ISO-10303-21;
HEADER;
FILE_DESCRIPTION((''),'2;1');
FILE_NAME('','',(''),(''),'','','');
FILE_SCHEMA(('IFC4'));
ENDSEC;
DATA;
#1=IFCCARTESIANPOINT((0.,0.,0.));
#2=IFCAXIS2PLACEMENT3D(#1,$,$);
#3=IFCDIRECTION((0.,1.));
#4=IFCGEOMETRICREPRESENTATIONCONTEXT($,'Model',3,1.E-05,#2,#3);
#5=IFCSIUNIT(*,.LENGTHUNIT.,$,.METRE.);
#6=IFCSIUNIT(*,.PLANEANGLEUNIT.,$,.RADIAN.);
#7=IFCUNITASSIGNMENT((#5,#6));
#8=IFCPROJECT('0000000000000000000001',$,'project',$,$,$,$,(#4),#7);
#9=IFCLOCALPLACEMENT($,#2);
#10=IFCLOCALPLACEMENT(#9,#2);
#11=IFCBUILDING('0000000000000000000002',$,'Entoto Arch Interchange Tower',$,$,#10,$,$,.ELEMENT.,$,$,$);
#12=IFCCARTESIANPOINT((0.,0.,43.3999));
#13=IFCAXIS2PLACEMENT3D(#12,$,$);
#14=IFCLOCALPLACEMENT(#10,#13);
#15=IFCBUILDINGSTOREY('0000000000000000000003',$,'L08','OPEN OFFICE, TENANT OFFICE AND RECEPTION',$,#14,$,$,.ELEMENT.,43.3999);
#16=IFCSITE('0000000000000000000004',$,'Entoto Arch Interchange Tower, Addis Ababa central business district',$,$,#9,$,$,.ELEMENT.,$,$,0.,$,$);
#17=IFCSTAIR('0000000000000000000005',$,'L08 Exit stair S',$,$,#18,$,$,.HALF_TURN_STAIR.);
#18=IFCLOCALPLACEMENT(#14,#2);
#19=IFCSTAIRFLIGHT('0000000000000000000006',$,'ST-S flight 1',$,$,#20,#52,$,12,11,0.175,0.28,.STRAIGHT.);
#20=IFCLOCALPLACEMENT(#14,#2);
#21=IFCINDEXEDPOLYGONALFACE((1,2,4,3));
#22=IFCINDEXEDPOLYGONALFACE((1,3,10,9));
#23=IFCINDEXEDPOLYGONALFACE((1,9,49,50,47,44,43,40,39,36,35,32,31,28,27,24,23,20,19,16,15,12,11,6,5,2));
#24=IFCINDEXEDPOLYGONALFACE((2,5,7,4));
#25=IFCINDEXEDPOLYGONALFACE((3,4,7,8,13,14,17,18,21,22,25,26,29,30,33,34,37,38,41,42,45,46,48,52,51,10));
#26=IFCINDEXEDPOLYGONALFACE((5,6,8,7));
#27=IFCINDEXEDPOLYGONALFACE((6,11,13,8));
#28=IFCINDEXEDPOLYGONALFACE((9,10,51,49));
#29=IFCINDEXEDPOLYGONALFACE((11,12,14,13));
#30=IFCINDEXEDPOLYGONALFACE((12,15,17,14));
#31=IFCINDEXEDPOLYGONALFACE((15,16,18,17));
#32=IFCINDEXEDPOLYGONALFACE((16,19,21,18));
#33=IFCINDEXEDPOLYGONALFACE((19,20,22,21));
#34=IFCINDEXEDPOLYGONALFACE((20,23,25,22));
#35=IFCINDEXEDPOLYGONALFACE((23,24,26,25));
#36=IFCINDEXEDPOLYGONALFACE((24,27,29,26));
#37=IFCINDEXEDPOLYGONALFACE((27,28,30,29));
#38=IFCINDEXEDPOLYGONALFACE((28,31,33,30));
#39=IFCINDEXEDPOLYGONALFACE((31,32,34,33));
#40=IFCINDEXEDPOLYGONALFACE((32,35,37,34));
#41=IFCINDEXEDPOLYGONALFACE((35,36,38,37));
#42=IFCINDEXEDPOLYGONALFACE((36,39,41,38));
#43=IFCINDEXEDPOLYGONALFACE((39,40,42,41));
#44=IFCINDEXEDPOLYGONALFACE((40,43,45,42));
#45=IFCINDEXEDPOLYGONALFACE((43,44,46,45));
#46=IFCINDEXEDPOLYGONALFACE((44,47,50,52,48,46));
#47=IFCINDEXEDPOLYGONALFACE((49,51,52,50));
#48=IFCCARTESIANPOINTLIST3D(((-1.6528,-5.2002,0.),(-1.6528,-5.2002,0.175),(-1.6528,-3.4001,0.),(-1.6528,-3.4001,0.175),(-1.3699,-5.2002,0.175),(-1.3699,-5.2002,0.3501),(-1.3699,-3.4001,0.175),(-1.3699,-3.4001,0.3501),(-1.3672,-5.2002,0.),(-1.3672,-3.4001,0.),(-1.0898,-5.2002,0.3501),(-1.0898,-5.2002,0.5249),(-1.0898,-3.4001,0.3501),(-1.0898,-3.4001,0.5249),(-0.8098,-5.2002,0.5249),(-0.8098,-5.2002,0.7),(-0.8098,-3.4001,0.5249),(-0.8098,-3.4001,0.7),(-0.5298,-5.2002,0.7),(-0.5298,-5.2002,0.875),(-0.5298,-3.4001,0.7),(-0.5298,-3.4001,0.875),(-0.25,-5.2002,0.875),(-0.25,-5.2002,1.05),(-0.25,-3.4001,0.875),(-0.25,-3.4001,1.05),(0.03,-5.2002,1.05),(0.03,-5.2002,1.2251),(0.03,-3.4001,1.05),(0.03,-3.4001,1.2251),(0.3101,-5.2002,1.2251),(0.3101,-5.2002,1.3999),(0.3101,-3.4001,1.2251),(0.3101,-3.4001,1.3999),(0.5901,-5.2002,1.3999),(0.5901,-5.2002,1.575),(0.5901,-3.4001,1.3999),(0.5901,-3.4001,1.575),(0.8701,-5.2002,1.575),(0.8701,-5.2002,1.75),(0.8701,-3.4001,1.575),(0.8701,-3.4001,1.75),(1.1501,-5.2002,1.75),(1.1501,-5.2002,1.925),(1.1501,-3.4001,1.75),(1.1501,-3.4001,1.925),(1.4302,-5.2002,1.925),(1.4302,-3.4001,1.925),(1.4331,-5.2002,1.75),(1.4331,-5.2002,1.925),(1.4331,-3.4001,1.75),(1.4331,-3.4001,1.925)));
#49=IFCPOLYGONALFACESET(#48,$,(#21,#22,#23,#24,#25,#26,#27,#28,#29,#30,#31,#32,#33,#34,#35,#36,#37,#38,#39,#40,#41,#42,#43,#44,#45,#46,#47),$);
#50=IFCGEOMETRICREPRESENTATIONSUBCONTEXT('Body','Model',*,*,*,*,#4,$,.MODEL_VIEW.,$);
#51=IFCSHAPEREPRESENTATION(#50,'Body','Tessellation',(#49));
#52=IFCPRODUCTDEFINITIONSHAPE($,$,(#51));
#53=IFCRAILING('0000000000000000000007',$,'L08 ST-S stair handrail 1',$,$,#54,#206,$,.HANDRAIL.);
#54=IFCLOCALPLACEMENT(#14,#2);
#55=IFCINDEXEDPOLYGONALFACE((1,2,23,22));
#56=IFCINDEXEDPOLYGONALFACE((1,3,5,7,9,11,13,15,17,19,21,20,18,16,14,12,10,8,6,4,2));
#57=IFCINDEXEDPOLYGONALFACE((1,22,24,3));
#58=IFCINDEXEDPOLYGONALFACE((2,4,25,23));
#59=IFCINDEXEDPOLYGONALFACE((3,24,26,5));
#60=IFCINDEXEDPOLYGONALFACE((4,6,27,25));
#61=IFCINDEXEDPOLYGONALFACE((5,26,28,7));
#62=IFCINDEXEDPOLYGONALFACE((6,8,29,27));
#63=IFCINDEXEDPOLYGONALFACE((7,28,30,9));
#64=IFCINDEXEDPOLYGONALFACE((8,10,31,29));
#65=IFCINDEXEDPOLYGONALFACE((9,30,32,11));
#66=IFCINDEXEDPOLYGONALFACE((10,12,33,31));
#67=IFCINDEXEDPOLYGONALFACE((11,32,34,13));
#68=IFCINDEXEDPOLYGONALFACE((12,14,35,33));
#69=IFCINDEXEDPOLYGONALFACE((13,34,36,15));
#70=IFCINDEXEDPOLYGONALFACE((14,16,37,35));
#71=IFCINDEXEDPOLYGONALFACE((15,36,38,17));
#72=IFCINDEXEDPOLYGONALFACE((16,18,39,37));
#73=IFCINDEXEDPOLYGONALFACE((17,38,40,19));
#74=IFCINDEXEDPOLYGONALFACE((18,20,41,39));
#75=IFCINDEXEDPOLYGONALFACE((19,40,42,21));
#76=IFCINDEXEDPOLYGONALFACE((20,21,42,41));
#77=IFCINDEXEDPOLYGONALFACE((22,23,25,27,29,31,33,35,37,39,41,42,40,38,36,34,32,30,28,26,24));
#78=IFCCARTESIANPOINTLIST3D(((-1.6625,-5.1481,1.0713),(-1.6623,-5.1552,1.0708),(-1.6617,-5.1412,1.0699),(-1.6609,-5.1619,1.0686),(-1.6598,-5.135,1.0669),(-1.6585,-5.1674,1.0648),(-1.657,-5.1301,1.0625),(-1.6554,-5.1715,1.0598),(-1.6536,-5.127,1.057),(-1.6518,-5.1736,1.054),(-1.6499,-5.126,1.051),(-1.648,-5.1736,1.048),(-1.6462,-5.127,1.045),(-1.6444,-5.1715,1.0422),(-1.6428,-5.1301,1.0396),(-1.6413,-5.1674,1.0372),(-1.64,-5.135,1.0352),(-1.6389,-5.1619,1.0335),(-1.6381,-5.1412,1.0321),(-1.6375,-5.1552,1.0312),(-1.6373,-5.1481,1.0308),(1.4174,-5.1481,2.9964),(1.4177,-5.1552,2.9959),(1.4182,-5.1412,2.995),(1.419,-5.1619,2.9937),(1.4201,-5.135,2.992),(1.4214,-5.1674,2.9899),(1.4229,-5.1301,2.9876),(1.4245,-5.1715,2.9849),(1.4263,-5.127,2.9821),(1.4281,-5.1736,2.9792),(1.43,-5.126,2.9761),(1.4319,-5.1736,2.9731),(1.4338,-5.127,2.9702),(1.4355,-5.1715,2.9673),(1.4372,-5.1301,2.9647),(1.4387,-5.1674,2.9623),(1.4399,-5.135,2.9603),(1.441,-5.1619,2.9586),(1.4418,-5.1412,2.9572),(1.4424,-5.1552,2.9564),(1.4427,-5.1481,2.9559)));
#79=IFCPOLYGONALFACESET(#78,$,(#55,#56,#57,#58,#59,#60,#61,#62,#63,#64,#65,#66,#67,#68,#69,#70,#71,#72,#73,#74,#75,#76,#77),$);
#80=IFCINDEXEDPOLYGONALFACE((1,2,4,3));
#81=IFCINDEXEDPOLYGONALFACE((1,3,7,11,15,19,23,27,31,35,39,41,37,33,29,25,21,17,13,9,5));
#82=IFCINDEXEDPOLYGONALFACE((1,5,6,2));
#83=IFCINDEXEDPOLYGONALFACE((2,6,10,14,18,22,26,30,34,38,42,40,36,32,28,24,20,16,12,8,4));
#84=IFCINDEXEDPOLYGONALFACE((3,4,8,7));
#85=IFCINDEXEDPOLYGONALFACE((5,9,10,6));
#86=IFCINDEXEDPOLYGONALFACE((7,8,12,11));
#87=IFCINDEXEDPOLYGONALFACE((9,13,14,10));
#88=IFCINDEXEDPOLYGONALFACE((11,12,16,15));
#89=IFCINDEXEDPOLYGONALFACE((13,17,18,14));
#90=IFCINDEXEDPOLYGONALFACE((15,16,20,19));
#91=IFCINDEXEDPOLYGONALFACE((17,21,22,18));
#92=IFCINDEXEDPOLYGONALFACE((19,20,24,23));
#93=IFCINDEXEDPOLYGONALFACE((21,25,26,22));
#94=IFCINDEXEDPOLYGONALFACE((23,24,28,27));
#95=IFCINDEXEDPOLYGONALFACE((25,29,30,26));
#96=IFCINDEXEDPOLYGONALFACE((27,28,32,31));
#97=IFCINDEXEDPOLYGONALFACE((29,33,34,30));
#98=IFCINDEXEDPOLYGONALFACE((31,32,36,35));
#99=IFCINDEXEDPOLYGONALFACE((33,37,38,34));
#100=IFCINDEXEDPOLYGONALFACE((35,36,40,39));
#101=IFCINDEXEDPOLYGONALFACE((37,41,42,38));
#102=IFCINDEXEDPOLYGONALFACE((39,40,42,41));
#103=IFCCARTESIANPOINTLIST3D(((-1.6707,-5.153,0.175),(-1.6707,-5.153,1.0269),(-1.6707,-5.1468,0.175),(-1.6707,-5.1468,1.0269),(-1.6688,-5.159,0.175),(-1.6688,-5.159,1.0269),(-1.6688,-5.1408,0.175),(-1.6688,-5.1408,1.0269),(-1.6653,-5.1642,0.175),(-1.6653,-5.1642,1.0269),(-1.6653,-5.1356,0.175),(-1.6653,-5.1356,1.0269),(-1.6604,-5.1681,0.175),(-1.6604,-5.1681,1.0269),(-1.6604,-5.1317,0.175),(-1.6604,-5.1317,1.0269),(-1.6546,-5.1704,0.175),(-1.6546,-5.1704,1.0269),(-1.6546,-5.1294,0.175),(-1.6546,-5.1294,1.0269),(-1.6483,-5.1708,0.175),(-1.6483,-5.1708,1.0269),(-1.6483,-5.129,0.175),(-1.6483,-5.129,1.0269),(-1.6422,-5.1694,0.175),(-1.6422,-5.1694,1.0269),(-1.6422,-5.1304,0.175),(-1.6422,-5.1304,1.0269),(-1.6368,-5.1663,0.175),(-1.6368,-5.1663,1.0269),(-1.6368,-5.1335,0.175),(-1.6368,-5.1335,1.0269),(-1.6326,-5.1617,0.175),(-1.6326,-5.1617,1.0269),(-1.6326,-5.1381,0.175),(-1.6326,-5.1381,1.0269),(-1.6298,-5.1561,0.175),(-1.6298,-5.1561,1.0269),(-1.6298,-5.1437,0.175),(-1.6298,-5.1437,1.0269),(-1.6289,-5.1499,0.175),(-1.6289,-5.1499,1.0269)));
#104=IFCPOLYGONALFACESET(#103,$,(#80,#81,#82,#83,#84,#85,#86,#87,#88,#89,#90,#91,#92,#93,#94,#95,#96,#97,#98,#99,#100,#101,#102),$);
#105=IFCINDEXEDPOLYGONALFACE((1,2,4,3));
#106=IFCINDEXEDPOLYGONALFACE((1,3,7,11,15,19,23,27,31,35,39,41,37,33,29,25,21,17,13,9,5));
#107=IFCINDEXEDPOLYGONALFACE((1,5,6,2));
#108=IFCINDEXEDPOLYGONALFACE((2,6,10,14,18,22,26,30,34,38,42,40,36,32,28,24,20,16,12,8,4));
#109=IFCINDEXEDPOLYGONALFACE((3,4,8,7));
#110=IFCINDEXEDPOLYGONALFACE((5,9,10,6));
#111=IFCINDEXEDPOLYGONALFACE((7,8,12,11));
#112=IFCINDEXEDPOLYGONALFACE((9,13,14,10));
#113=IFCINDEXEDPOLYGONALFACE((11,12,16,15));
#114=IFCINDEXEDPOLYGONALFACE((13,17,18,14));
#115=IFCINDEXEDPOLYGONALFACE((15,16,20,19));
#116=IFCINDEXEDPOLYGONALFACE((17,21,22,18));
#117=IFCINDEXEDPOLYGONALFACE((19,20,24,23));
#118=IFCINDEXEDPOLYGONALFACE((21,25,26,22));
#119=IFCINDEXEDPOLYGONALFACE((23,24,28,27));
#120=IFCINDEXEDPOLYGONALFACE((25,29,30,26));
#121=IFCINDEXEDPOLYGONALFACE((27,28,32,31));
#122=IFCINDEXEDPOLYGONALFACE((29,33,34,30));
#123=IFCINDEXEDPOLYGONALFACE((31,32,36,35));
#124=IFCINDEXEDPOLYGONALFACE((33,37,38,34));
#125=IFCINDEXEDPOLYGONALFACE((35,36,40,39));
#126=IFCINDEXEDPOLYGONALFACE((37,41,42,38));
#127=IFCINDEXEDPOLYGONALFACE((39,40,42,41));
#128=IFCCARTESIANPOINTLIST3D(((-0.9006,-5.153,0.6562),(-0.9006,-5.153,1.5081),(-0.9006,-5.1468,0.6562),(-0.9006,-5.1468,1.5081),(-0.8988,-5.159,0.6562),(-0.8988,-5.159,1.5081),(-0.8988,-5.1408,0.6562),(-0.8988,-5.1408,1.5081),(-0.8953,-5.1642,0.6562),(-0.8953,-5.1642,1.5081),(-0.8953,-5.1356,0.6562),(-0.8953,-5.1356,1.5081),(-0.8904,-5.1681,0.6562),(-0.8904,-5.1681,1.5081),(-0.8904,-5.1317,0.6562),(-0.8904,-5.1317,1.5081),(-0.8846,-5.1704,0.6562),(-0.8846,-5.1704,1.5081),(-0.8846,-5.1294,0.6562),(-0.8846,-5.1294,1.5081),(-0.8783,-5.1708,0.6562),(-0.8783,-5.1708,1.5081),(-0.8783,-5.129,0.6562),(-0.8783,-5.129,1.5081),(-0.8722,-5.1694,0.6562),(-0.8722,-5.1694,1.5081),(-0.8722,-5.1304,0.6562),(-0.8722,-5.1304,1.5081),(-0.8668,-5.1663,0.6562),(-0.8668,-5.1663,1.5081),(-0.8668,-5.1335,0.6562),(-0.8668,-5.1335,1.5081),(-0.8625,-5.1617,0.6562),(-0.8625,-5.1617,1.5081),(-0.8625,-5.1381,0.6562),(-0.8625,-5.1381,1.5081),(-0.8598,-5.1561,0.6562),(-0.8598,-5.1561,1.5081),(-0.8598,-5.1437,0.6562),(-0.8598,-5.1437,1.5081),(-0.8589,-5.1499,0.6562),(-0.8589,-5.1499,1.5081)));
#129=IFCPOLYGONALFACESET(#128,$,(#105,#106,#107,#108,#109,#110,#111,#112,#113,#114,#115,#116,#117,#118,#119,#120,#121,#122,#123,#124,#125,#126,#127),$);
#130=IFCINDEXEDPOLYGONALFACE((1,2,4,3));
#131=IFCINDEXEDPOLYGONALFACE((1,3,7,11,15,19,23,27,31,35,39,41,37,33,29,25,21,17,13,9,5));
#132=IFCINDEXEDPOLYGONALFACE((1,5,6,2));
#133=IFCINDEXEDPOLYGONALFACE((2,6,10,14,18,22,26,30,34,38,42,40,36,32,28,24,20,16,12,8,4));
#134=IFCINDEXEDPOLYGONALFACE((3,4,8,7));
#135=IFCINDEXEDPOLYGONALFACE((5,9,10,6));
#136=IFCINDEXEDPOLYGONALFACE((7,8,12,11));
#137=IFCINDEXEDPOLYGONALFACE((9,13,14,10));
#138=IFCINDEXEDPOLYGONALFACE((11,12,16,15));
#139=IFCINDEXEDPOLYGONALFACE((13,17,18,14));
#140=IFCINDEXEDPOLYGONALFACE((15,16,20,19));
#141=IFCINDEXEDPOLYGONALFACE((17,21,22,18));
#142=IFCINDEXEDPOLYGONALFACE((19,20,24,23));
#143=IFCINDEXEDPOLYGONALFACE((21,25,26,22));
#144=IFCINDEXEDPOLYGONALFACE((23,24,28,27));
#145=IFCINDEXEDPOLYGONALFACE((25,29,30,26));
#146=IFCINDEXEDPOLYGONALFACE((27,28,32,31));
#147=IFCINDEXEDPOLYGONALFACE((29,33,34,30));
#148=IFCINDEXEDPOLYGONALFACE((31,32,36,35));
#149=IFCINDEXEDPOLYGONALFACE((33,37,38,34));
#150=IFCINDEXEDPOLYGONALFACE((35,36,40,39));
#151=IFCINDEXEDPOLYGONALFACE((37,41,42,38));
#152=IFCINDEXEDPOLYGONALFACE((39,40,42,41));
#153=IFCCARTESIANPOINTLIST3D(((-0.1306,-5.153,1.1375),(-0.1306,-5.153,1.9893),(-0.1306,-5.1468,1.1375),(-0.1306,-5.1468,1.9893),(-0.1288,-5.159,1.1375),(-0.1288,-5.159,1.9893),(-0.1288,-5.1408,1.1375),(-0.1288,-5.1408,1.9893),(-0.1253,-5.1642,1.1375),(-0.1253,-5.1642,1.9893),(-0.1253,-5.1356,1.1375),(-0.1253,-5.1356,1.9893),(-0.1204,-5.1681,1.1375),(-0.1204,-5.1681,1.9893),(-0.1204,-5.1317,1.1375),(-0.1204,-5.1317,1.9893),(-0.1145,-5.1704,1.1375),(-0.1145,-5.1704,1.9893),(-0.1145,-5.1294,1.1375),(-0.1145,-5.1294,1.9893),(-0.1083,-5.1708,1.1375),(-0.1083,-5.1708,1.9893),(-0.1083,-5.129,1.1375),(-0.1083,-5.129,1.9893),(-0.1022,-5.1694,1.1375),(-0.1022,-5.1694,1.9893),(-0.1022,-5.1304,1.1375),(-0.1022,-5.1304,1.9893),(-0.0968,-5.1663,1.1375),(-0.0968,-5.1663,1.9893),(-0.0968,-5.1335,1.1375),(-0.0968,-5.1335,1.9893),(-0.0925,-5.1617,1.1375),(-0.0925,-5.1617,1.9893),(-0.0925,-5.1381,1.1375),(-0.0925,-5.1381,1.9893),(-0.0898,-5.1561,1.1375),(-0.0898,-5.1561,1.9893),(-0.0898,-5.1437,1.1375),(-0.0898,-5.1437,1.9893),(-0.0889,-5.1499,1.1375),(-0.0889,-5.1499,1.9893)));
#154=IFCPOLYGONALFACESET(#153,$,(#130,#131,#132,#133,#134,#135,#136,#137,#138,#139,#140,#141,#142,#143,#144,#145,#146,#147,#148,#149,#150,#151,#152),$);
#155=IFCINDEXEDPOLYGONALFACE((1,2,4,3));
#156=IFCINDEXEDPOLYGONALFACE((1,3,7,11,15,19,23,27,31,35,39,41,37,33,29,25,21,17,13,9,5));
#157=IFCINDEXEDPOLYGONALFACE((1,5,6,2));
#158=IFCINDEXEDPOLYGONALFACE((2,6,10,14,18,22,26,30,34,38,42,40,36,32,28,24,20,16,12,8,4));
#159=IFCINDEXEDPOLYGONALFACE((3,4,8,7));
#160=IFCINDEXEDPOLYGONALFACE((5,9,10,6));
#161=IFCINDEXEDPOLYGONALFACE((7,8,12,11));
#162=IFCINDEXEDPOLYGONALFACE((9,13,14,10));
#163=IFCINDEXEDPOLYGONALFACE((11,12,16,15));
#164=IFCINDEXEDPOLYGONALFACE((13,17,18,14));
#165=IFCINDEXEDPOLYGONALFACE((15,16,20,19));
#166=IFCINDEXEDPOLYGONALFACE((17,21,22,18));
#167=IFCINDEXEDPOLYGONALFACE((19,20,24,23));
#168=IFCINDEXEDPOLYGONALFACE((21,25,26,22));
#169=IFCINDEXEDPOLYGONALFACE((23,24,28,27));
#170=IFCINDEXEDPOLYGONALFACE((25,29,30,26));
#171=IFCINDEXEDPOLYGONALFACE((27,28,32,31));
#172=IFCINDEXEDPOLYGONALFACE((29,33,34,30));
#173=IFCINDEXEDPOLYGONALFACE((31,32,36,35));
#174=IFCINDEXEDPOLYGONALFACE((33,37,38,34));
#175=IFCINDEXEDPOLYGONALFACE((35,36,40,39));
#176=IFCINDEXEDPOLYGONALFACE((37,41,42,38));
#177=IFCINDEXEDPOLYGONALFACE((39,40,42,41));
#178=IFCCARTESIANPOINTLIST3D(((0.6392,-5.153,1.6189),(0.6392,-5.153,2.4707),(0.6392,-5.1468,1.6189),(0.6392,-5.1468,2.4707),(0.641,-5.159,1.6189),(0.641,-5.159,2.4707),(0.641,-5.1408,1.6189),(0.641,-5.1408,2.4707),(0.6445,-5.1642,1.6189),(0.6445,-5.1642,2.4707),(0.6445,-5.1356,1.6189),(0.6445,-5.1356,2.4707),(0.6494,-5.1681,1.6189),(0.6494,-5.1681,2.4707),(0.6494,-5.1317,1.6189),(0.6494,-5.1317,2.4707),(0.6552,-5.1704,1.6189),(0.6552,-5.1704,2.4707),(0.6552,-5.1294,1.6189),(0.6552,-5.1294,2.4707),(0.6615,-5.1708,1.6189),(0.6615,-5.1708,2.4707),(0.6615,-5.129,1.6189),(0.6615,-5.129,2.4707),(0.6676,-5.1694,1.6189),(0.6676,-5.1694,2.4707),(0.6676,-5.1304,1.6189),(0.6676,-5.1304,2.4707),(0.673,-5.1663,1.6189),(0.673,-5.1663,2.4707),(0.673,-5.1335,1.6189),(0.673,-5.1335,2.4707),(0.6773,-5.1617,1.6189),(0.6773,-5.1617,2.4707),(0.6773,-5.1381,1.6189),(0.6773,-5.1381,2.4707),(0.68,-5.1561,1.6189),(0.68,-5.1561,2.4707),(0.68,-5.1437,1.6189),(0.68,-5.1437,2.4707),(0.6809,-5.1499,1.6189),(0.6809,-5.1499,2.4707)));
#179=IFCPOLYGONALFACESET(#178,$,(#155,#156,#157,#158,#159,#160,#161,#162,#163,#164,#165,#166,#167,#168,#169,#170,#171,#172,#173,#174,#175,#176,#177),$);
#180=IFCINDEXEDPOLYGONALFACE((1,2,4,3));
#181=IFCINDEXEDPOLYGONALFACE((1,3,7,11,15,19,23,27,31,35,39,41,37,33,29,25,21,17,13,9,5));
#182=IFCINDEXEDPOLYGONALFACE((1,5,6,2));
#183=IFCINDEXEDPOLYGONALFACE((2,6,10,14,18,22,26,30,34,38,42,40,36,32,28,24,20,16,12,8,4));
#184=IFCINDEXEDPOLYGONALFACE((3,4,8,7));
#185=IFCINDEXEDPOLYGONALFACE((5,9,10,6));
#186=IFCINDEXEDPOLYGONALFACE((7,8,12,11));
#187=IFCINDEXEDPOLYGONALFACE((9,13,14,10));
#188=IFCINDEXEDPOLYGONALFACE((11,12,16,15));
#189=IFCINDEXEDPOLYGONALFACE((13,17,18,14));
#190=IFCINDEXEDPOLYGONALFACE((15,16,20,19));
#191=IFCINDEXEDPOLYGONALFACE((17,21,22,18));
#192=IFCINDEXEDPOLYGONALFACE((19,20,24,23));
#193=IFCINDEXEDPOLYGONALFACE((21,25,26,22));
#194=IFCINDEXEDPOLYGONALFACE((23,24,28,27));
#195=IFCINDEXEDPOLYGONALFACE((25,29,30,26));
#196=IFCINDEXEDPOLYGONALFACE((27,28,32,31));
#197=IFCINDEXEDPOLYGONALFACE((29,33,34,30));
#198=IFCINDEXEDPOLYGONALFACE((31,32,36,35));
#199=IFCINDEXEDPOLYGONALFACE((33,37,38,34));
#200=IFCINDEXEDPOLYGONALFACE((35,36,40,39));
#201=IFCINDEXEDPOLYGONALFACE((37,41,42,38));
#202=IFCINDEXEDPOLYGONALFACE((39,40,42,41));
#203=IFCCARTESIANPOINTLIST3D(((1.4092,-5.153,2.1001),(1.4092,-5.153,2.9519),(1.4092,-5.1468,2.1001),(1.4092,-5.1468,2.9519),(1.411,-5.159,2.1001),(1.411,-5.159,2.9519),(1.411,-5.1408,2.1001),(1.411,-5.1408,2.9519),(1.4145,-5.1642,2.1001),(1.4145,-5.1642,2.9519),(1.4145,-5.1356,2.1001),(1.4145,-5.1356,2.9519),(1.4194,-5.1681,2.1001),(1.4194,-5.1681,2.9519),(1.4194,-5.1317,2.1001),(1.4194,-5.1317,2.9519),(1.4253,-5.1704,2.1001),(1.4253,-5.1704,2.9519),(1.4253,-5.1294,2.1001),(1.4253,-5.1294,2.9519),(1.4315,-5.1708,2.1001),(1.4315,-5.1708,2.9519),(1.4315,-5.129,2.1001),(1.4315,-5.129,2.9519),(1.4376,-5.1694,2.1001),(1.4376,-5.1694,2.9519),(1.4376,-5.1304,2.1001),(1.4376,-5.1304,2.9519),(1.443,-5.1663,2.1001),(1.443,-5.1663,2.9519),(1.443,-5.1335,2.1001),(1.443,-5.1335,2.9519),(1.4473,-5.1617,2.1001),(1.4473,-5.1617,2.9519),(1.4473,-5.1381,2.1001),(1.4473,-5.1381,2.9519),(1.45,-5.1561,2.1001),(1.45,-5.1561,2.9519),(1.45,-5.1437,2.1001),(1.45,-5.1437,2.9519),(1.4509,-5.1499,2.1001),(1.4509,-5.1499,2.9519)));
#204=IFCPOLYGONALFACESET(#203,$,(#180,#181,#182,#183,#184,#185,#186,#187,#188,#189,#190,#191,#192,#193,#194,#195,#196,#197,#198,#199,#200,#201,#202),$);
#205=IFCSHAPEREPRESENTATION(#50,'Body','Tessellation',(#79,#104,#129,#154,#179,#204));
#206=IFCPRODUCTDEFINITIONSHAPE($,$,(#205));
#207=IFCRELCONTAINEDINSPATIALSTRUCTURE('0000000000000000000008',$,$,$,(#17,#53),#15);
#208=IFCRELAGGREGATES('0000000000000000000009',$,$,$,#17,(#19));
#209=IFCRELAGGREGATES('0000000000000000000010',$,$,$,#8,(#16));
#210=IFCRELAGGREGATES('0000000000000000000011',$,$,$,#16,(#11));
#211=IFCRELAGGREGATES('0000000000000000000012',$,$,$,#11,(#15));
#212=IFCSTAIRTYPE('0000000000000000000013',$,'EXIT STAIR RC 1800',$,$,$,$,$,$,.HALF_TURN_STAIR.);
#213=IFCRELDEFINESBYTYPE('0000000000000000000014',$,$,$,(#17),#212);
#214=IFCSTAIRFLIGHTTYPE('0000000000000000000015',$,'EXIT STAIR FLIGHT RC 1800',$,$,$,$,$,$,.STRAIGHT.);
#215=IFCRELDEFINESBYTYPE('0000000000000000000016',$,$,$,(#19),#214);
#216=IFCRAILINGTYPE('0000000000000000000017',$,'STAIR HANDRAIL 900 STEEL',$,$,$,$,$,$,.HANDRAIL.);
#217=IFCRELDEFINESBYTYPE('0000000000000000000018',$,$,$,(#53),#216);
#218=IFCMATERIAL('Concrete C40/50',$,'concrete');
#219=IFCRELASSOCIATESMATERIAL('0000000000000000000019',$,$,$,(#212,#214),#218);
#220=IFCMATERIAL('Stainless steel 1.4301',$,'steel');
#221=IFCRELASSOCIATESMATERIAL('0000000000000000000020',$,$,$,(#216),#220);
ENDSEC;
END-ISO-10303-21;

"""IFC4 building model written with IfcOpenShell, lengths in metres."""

from ifc_helpers import new_model, si_unit, direction, frame, origin, origin_2d, place, context, subcontext, project, spatial, polyline, circle, outline, extrude, material, type_object, element, aggregate, save


model = new_model("IFC4")

# Units and contexts
model_context = context("Model", 3, precision=1e-05, world=origin(), true_north=direction((0.0, 1.0)))
body_context = subcontext(model_context, "Body", "Model", "MODEL_VIEW")
ifc_project = project(units=[si_unit("LENGTHUNIT", "METRE"), si_unit("PLANEANGLEUNIT", "RADIAN")], contexts=[model_context])

# Site, building, storey
site_placement = place(None, origin())
site = spatial("IfcSite", under=ifc_project, at=site_placement, Name="Entoto Arch Interchange Tower, Addis Ababa central business district", CompositionType="ELEMENT", RefElevation=0.0)
building_placement = place(site_placement, origin())
building = spatial("IfcBuilding", under=site, at=building_placement, Name="Entoto Arch Interchange Tower", CompositionType="ELEMENT")
storey_placement = place(building_placement, frame((0.0, 0.0, 43.3999)))
storey = spatial("IfcBuildingStorey", under=building, at=storey_placement, Name="L08", Description="OPEN OFFICE, TENANT OFFICE AND RECEPTION", CompositionType="ELEMENT", Elevation=43.3999)

# Shared definitions
ifc_material_1 = material(Name="Concrete C40/50", Category="concrete")

# Stair, stair flight
stair_type = type_object("IfcStairType", Name="EXIT STAIR RC 1800", PredefinedType="HALF_TURN_STAIR", material=ifc_material_1)
stair_placement = place(storey_placement, origin())
stair = element("IfcStair", 1, at=stair_placement, inside=storey, type_object=stair_type, Name="L08 Exit stair S", PredefinedType="HALF_TURN_STAIR")
stair_flight_type = type_object("IfcStairFlightType", Name="EXIT STAIR FLIGHT RC 1800", PredefinedType="STRAIGHT", material=ifc_material_1)
stair_flight_placement = place(storey_placement, frame((-1.6499, -4.3, 0.0), z_axis=(0.0, 0.0, 1.0), x_axis=(1.0, 0.0, 0.0)))
stair_flight = element("IfcStairFlight", 2, at=stair_flight_placement, type_object=stair_flight_type, Name="ST-S flight 1", NumberOfRisers=12, NumberOfTreads=11, PredefinedType="STRAIGHT", RiserHeight=0.175, TreadLength=0.28, context=body_context, shape_type="SweptSolid", body=[
    extrude(outline(polyline([(-0.0029, 0.0), (-0.0029, 0.175), (0.28, 0.175), (0.28, 0.3501), (0.5601, 0.3501), (0.5601, 0.5249), (0.8401, 0.5249), (0.8401, 0.7), (1.1201, 0.7), (1.1201, 0.875), (1.3999, 0.875), (1.3999, 1.05), (1.6799, 1.05), (1.6799, 1.2251), (1.96, 1.2251), (1.96, 1.3999), (2.24, 1.3999), (2.24, 1.575), (2.52, 1.575), (2.52, 1.75), (2.8, 1.75), (2.8, 1.925), (3.0801, 1.925), (3.083, 1.925), (3.083, 1.75), (0.2827, 0.0), (-0.0029, 0.0)])), frame((0.0, 0.8999, 0.0), z_axis=(0.0, -1.0, 0.0), x_axis=(1.0, 0.0, 0.0)), (0.0, 0.0, 1.0), 1.8),
])
aggregate(stair, [stair_flight])

# Railing
ifc_material_2 = material(Name="Stainless steel 1.4301", Category="steel")
railing_type = type_object("IfcRailingType", Name="STAIR HANDRAIL 900 STEEL", PredefinedType="HANDRAIL", material=ifc_material_2)
railing_placement = place(storey_placement, frame((-1.6499, -5.1499, 0.175)))
element("IfcRailing", 3, at=railing_placement, inside=storey, type_object=railing_type, Name="L08 ST-S stair handrail 1", PredefinedType="HANDRAIL", context=body_context, shape_type="SweptSolid", body=[
    extrude(circle(Radius=0.0239, at=origin_2d()), frame((0.0, 0.0, 0.876), z_axis=(0.847979, 0.0, 0.530029), x_axis=(0.0, 1.0, 0.0)), (0.0, 0.0, 1.0), 3.6321),
    extrude(circle(Radius=0.021, at=origin_2d()), origin(), (0.0, 0.0, 1.0), 0.8518),
    extrude(circle(Radius=0.021, at=origin_2d()), frame((0.77, 0.0, 0.4812)), (0.0, 0.0, 1.0), 0.8518),
    extrude(circle(Radius=0.021, at=origin_2d()), frame((1.54, 0.0, 0.9624)), (0.0, 0.0, 1.0), 0.8518),
    extrude(circle(Radius=0.021, at=origin_2d()), frame((2.3098, 0.0, 1.4438)), (0.0, 0.0, 1.0), 0.8518),
    extrude(circle(Radius=0.021, at=origin_2d()), frame((3.0798, 0.0, 1.925)), (0.0, 0.0, 1.0), 0.8518),
])

save(model, "model.ifc")
